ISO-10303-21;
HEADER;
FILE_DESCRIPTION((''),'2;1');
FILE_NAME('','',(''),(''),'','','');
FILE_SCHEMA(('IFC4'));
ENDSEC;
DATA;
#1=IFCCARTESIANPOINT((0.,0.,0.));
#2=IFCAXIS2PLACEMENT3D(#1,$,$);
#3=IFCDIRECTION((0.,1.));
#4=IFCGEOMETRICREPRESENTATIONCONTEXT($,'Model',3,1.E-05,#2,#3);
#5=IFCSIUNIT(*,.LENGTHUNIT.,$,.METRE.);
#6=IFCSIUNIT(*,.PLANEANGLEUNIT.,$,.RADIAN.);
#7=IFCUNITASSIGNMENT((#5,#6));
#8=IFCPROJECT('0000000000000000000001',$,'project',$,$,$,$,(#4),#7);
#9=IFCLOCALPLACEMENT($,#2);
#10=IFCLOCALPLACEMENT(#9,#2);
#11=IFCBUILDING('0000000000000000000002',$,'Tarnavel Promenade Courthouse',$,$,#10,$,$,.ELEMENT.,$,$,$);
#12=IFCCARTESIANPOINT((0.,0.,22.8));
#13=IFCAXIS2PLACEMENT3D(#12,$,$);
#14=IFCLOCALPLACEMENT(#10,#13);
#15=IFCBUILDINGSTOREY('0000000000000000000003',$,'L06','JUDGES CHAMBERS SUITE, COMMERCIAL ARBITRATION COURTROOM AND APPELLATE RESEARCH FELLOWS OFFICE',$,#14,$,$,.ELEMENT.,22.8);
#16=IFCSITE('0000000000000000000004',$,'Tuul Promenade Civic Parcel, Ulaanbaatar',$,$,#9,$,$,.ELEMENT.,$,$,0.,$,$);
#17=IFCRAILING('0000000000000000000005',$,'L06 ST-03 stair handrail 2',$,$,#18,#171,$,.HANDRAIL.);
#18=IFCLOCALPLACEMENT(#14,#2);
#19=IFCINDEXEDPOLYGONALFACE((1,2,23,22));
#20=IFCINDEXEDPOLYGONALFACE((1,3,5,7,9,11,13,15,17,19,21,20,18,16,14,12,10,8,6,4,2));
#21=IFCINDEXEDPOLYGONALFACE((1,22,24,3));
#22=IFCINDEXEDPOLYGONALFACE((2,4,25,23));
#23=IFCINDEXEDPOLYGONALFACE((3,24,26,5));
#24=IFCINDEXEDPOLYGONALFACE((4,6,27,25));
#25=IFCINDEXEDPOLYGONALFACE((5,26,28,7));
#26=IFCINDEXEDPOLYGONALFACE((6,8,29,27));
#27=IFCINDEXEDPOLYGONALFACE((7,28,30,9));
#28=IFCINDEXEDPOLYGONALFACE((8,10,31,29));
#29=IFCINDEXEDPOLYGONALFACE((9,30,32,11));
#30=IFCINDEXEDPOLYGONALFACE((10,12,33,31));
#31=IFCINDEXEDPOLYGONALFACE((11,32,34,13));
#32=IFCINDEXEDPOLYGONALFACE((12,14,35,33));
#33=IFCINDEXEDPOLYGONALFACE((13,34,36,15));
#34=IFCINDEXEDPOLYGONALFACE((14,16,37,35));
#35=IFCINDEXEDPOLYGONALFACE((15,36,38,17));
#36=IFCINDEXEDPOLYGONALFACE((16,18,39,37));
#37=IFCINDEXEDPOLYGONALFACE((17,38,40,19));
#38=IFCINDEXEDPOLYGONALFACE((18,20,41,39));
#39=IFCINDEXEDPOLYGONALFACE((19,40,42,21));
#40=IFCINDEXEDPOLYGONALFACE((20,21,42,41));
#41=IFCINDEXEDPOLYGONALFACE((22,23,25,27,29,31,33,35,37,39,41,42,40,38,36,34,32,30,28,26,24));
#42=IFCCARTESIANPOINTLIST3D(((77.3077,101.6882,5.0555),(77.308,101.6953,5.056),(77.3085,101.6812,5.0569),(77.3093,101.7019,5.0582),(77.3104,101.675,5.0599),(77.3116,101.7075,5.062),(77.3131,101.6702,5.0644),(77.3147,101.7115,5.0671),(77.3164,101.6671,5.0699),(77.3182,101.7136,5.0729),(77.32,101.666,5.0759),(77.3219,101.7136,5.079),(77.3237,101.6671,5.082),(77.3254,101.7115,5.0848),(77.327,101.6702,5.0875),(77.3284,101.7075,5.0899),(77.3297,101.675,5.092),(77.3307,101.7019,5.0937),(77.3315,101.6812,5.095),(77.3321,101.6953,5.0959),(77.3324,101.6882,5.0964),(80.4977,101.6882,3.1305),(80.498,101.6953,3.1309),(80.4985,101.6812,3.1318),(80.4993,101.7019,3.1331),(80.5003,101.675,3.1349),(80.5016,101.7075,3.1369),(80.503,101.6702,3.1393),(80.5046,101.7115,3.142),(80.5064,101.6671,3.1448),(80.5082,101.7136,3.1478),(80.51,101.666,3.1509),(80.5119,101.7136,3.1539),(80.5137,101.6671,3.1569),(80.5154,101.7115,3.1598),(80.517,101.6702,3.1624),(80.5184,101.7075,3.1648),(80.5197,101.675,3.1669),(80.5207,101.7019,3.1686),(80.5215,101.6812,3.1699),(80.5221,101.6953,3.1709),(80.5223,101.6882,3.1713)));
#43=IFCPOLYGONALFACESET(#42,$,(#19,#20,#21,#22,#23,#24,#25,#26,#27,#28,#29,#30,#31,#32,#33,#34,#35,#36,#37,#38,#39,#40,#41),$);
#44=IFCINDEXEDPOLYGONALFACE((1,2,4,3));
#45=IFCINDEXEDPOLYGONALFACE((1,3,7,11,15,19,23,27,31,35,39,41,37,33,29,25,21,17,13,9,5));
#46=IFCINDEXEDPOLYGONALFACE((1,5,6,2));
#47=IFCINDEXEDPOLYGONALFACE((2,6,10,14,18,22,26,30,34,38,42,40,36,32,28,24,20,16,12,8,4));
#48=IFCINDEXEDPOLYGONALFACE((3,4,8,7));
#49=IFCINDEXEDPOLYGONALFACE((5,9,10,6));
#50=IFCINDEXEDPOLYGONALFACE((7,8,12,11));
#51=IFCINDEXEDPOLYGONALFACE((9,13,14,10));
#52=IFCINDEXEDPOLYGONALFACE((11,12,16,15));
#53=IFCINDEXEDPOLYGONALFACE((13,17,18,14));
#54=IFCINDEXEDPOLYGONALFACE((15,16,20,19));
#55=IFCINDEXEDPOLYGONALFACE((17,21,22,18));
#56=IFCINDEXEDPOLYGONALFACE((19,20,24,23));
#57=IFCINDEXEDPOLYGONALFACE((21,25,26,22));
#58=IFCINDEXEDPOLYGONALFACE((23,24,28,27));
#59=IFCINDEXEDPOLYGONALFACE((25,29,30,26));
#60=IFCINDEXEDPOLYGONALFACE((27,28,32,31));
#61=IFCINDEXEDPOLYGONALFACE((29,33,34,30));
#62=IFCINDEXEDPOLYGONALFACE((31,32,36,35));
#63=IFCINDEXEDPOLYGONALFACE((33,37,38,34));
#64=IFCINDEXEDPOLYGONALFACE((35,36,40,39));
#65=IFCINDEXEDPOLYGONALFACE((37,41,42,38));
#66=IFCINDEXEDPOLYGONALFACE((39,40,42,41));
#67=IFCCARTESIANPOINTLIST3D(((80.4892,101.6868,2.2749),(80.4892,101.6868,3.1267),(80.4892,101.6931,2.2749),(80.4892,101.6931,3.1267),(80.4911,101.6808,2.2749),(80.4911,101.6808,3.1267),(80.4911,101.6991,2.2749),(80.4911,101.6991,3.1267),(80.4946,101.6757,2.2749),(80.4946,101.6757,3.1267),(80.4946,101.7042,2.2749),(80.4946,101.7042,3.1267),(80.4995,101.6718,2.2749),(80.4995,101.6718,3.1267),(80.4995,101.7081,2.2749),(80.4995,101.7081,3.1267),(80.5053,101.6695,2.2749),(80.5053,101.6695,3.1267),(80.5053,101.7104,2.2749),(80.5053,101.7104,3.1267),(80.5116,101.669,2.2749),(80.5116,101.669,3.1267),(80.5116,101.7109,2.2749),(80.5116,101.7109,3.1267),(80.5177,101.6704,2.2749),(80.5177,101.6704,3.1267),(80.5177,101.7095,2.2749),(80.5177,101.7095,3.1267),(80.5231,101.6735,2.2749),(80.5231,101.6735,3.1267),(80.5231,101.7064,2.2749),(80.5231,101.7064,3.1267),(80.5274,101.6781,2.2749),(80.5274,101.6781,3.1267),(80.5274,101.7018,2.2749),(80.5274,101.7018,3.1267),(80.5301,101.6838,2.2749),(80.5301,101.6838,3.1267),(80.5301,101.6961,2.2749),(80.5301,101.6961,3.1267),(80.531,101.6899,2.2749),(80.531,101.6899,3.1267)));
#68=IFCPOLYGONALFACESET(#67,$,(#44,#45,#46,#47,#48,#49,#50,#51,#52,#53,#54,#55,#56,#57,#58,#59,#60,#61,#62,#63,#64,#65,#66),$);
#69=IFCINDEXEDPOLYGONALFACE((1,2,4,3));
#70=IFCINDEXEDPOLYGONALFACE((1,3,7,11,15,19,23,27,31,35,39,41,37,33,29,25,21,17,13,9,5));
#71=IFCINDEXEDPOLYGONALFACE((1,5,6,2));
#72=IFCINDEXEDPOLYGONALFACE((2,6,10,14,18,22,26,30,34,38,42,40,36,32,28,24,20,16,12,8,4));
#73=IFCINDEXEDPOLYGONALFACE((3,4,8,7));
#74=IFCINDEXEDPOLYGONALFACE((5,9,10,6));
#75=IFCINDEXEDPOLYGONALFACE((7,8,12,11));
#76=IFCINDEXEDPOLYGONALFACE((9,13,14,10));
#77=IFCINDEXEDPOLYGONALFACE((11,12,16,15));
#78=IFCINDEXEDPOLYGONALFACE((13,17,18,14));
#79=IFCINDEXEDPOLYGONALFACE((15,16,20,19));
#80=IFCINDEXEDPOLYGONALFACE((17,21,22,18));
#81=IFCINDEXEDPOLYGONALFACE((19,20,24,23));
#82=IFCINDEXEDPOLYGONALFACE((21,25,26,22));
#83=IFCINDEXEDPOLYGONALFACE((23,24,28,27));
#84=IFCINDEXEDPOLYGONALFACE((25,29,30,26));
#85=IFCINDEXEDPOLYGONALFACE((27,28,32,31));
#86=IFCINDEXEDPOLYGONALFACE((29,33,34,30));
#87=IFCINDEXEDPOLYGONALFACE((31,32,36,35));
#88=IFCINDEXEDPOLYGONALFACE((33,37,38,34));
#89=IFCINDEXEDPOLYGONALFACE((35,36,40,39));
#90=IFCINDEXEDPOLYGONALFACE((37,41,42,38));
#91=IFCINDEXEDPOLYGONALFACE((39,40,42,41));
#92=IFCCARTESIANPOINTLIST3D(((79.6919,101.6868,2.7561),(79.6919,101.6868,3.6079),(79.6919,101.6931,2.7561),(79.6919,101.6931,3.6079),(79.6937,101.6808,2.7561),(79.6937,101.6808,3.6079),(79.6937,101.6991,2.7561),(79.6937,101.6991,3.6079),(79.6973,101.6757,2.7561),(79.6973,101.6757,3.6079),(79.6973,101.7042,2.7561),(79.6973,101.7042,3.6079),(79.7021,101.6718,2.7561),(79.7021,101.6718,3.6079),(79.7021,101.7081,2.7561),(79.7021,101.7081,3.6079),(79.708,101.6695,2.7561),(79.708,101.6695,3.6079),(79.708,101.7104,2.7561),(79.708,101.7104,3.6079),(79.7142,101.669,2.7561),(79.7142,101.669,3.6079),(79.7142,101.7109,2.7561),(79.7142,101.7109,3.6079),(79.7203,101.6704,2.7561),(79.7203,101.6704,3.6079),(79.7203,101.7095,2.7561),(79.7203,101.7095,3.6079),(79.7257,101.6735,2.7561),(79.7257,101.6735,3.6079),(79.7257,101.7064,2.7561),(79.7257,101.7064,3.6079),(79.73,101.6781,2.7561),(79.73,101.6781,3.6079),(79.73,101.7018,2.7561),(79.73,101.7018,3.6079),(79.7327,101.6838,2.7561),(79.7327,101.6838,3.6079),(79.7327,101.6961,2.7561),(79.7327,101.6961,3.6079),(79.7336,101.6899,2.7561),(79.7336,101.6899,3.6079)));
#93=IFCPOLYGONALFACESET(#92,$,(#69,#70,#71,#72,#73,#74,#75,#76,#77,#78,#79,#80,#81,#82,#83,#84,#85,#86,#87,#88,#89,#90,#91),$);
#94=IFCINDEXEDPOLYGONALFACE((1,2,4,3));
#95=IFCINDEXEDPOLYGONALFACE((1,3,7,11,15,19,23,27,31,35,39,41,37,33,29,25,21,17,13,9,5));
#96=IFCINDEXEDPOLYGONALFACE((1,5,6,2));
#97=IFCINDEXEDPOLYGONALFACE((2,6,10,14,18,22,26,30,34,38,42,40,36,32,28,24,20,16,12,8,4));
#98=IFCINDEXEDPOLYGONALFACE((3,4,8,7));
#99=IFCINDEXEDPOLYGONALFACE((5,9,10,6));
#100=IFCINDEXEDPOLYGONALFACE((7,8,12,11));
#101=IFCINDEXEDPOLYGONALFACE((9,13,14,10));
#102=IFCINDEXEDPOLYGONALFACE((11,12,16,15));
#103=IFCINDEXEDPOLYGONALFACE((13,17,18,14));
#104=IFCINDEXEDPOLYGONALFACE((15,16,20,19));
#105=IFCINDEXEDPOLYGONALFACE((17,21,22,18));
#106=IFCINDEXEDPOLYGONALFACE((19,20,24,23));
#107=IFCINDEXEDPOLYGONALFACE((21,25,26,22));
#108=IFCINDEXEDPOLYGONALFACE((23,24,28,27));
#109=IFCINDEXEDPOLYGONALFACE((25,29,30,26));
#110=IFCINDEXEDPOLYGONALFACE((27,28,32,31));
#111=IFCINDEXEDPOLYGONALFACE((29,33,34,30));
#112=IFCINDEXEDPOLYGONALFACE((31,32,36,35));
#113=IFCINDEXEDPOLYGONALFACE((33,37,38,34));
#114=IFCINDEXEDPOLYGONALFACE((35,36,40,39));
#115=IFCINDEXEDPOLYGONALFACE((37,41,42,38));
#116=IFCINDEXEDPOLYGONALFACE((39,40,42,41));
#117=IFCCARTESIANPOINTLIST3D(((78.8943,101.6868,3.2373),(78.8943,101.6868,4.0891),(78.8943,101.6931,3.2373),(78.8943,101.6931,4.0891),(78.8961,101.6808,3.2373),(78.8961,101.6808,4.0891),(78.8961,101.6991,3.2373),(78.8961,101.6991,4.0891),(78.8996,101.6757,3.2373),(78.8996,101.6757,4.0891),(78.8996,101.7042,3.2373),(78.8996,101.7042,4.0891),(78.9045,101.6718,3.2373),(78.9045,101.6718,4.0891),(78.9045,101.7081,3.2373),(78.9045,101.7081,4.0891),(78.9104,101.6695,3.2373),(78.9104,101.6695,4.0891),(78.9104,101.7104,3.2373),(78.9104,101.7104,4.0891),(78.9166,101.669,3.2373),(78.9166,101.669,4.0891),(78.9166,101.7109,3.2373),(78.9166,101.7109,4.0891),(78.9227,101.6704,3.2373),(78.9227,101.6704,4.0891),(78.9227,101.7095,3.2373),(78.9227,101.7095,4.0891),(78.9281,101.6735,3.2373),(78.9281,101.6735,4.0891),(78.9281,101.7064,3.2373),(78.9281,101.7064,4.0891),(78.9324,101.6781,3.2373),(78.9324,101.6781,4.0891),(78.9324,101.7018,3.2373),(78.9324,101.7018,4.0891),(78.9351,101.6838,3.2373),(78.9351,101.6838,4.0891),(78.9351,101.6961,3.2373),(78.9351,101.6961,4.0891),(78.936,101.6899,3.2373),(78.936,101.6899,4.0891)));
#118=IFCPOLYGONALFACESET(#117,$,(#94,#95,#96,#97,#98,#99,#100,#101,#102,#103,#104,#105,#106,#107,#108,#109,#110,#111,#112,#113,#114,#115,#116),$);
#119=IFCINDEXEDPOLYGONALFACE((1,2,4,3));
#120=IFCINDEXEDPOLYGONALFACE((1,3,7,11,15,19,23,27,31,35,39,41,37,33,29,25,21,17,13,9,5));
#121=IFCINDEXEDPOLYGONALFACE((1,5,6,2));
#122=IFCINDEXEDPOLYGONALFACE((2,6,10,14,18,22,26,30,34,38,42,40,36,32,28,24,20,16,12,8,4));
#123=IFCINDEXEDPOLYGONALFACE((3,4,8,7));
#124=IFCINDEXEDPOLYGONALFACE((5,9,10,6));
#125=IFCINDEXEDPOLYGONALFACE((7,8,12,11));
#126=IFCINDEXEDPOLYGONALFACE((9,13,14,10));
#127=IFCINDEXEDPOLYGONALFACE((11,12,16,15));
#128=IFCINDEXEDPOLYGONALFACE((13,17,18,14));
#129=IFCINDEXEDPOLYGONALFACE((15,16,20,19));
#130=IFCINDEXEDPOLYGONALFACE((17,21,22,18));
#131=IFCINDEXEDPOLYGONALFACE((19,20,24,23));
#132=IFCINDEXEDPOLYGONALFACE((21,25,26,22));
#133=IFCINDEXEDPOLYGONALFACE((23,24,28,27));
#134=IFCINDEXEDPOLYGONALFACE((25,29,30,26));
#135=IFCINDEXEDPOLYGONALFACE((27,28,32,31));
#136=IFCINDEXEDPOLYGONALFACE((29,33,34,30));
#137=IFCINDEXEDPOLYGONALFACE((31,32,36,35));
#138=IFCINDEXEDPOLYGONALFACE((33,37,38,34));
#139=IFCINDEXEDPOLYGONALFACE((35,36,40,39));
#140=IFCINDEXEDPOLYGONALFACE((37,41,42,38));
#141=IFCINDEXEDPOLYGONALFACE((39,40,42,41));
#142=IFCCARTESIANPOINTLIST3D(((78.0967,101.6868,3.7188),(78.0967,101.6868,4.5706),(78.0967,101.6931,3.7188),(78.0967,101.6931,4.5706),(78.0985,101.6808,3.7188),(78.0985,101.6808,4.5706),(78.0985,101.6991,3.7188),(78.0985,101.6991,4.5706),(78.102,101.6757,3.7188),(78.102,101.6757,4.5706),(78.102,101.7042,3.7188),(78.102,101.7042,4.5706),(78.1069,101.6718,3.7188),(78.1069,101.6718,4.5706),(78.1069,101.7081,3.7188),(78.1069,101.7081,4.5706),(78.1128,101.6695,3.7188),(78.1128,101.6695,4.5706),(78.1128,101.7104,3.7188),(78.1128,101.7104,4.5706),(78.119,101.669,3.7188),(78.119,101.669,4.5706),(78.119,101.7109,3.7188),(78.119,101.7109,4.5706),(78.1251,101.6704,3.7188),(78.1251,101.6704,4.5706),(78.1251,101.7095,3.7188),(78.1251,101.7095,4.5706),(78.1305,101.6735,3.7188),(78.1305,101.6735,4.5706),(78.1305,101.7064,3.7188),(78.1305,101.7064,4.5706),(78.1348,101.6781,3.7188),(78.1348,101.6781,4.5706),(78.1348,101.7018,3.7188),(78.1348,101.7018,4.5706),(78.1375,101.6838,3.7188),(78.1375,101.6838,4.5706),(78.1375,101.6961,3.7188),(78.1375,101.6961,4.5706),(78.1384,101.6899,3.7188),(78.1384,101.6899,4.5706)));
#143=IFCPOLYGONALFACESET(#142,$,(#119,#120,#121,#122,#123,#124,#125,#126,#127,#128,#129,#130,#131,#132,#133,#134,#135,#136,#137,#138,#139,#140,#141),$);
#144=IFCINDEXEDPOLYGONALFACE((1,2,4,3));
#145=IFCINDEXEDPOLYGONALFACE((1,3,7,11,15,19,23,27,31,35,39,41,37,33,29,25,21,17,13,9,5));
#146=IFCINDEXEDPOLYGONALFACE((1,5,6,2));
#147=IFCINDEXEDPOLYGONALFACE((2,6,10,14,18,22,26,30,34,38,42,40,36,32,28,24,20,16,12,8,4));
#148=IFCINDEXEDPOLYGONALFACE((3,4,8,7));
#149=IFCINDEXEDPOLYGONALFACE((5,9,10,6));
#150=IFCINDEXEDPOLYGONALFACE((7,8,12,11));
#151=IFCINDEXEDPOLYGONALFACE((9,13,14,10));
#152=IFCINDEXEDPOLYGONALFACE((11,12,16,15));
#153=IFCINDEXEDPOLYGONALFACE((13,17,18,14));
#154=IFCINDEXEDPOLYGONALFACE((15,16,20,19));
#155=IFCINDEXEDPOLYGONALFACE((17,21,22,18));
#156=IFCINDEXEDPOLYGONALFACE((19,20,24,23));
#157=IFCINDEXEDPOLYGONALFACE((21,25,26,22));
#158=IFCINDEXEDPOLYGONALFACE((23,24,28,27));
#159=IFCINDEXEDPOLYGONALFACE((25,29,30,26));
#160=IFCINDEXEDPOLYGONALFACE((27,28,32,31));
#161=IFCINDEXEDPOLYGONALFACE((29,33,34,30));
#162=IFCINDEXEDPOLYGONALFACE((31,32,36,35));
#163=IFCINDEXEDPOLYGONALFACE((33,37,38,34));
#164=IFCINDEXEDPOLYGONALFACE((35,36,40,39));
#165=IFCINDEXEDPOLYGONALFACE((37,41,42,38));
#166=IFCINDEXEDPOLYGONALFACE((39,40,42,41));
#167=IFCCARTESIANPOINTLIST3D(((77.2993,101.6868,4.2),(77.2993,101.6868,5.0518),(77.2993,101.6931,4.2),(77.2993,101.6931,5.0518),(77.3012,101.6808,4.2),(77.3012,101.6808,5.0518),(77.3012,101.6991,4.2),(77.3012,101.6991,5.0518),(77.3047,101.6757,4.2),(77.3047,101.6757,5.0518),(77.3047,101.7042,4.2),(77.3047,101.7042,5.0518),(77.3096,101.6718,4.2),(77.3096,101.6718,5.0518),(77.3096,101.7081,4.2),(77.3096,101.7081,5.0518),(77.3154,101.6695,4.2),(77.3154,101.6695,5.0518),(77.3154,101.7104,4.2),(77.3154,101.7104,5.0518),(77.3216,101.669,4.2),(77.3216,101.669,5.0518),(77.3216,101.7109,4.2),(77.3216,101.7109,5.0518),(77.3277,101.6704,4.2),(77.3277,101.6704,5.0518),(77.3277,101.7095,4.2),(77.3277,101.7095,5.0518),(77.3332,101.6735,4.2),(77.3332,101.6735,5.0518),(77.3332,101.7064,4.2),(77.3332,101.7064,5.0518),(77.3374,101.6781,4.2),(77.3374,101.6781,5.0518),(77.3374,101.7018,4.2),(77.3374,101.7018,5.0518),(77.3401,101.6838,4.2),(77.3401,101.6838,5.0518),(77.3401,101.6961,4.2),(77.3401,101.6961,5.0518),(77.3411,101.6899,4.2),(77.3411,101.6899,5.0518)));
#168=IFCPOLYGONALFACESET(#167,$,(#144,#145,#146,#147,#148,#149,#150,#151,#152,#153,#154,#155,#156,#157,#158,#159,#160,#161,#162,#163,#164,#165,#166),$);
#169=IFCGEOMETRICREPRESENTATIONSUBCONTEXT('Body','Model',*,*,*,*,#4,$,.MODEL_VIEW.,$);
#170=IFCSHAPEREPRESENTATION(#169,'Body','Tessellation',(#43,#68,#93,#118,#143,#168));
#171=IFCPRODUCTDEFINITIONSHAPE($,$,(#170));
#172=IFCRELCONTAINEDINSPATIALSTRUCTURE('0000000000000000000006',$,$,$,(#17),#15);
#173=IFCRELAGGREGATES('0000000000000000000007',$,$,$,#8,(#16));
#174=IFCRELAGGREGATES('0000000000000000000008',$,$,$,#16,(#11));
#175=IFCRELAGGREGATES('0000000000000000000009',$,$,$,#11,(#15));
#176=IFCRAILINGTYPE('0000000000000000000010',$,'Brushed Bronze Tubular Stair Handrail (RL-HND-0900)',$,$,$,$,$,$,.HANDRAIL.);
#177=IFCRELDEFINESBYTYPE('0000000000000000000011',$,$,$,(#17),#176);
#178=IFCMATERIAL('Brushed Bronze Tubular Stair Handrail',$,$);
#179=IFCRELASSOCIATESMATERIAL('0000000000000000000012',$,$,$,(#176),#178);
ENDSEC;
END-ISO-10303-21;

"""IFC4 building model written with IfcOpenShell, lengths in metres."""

from ifc_helpers import new_model, si_unit, direction, frame, origin, origin_2d, place, context, subcontext, project, spatial, circle, extrude, material, type_object, element, save


model = new_model("IFC4")

# Units and contexts
model_context = context("Model", 3, precision=1e-05, world=origin(), true_north=direction((0.0, 1.0)))
body_context = subcontext(model_context, "Body", "Model", "MODEL_VIEW")
ifc_project = project(units=[si_unit("LENGTHUNIT", "METRE"), si_unit("PLANEANGLEUNIT", "RADIAN")], contexts=[model_context])

# Site, building, storey
site_placement = place(None, origin())
site = spatial("IfcSite", under=ifc_project, at=site_placement, Name="Tuul Promenade Civic Parcel, Ulaanbaatar", CompositionType="ELEMENT", RefElevation=0.0)
building_placement = place(site_placement, origin())
building = spatial("IfcBuilding", under=site, at=building_placement, Name="Tarnavel Promenade Courthouse", CompositionType="ELEMENT")
storey_placement = place(building_placement, frame((0.0, 0.0, 22.8)))
storey = spatial("IfcBuildingStorey", under=building, at=storey_placement, Name="L06", Description="JUDGES CHAMBERS SUITE, COMMERCIAL ARBITRATION COURTROOM AND APPELLATE RESEARCH FELLOWS OFFICE", CompositionType="ELEMENT", Elevation=22.8)

# Railing
ifc_material_1 = material(Name="Brushed Bronze Tubular Stair Handrail")
railing_type_1 = type_object("IfcRailingType", Name="Brushed Bronze Tubular Stair Handrail (RL-HND-0900)", PredefinedType="HANDRAIL", material=ifc_material_1)
railing_1_placement = place(storey_placement, frame((80.51, 101.6899, 2.2749)))
element("IfcRailing", 1, at=railing_1_placement, inside=storey, type_object=railing_type_1, Name="L06 ST-03 stair handrail 2", PredefinedType="HANDRAIL", context=body_context, shape_type="SweptSolid", body=[
    extrude(circle(Radius=0.0239, at=origin_2d()), frame((0.0, 0.0, 0.876), z_axis=(-0.856178, 0.0, 0.516682), x_axis=(0.0, -1.0, 0.0)), (0.0, 0.0, 1.0), 3.7258),
    extrude(circle(Radius=0.021, at=origin_2d()), origin(), (0.0, 0.0, 1.0), 0.8518),
    extrude(circle(Radius=0.021, at=origin_2d()), frame((-0.7974, 0.0, 0.4812)), (0.0, 0.0, 1.0), 0.8518),
    extrude(circle(Radius=0.021, at=origin_2d()), frame((-1.595, 0.0, 0.9624)), (0.0, 0.0, 1.0), 0.8518),
    extrude(circle(Radius=0.021, at=origin_2d()), frame((-2.3926, 0.0, 1.4438)), (0.0, 0.0, 1.0), 0.8518),
    extrude(circle(Radius=0.021, at=origin_2d()), frame((-3.1899, 0.0, 1.925)), (0.0, 0.0, 1.0), 0.8518),
])

save(model, "model.ifc")
